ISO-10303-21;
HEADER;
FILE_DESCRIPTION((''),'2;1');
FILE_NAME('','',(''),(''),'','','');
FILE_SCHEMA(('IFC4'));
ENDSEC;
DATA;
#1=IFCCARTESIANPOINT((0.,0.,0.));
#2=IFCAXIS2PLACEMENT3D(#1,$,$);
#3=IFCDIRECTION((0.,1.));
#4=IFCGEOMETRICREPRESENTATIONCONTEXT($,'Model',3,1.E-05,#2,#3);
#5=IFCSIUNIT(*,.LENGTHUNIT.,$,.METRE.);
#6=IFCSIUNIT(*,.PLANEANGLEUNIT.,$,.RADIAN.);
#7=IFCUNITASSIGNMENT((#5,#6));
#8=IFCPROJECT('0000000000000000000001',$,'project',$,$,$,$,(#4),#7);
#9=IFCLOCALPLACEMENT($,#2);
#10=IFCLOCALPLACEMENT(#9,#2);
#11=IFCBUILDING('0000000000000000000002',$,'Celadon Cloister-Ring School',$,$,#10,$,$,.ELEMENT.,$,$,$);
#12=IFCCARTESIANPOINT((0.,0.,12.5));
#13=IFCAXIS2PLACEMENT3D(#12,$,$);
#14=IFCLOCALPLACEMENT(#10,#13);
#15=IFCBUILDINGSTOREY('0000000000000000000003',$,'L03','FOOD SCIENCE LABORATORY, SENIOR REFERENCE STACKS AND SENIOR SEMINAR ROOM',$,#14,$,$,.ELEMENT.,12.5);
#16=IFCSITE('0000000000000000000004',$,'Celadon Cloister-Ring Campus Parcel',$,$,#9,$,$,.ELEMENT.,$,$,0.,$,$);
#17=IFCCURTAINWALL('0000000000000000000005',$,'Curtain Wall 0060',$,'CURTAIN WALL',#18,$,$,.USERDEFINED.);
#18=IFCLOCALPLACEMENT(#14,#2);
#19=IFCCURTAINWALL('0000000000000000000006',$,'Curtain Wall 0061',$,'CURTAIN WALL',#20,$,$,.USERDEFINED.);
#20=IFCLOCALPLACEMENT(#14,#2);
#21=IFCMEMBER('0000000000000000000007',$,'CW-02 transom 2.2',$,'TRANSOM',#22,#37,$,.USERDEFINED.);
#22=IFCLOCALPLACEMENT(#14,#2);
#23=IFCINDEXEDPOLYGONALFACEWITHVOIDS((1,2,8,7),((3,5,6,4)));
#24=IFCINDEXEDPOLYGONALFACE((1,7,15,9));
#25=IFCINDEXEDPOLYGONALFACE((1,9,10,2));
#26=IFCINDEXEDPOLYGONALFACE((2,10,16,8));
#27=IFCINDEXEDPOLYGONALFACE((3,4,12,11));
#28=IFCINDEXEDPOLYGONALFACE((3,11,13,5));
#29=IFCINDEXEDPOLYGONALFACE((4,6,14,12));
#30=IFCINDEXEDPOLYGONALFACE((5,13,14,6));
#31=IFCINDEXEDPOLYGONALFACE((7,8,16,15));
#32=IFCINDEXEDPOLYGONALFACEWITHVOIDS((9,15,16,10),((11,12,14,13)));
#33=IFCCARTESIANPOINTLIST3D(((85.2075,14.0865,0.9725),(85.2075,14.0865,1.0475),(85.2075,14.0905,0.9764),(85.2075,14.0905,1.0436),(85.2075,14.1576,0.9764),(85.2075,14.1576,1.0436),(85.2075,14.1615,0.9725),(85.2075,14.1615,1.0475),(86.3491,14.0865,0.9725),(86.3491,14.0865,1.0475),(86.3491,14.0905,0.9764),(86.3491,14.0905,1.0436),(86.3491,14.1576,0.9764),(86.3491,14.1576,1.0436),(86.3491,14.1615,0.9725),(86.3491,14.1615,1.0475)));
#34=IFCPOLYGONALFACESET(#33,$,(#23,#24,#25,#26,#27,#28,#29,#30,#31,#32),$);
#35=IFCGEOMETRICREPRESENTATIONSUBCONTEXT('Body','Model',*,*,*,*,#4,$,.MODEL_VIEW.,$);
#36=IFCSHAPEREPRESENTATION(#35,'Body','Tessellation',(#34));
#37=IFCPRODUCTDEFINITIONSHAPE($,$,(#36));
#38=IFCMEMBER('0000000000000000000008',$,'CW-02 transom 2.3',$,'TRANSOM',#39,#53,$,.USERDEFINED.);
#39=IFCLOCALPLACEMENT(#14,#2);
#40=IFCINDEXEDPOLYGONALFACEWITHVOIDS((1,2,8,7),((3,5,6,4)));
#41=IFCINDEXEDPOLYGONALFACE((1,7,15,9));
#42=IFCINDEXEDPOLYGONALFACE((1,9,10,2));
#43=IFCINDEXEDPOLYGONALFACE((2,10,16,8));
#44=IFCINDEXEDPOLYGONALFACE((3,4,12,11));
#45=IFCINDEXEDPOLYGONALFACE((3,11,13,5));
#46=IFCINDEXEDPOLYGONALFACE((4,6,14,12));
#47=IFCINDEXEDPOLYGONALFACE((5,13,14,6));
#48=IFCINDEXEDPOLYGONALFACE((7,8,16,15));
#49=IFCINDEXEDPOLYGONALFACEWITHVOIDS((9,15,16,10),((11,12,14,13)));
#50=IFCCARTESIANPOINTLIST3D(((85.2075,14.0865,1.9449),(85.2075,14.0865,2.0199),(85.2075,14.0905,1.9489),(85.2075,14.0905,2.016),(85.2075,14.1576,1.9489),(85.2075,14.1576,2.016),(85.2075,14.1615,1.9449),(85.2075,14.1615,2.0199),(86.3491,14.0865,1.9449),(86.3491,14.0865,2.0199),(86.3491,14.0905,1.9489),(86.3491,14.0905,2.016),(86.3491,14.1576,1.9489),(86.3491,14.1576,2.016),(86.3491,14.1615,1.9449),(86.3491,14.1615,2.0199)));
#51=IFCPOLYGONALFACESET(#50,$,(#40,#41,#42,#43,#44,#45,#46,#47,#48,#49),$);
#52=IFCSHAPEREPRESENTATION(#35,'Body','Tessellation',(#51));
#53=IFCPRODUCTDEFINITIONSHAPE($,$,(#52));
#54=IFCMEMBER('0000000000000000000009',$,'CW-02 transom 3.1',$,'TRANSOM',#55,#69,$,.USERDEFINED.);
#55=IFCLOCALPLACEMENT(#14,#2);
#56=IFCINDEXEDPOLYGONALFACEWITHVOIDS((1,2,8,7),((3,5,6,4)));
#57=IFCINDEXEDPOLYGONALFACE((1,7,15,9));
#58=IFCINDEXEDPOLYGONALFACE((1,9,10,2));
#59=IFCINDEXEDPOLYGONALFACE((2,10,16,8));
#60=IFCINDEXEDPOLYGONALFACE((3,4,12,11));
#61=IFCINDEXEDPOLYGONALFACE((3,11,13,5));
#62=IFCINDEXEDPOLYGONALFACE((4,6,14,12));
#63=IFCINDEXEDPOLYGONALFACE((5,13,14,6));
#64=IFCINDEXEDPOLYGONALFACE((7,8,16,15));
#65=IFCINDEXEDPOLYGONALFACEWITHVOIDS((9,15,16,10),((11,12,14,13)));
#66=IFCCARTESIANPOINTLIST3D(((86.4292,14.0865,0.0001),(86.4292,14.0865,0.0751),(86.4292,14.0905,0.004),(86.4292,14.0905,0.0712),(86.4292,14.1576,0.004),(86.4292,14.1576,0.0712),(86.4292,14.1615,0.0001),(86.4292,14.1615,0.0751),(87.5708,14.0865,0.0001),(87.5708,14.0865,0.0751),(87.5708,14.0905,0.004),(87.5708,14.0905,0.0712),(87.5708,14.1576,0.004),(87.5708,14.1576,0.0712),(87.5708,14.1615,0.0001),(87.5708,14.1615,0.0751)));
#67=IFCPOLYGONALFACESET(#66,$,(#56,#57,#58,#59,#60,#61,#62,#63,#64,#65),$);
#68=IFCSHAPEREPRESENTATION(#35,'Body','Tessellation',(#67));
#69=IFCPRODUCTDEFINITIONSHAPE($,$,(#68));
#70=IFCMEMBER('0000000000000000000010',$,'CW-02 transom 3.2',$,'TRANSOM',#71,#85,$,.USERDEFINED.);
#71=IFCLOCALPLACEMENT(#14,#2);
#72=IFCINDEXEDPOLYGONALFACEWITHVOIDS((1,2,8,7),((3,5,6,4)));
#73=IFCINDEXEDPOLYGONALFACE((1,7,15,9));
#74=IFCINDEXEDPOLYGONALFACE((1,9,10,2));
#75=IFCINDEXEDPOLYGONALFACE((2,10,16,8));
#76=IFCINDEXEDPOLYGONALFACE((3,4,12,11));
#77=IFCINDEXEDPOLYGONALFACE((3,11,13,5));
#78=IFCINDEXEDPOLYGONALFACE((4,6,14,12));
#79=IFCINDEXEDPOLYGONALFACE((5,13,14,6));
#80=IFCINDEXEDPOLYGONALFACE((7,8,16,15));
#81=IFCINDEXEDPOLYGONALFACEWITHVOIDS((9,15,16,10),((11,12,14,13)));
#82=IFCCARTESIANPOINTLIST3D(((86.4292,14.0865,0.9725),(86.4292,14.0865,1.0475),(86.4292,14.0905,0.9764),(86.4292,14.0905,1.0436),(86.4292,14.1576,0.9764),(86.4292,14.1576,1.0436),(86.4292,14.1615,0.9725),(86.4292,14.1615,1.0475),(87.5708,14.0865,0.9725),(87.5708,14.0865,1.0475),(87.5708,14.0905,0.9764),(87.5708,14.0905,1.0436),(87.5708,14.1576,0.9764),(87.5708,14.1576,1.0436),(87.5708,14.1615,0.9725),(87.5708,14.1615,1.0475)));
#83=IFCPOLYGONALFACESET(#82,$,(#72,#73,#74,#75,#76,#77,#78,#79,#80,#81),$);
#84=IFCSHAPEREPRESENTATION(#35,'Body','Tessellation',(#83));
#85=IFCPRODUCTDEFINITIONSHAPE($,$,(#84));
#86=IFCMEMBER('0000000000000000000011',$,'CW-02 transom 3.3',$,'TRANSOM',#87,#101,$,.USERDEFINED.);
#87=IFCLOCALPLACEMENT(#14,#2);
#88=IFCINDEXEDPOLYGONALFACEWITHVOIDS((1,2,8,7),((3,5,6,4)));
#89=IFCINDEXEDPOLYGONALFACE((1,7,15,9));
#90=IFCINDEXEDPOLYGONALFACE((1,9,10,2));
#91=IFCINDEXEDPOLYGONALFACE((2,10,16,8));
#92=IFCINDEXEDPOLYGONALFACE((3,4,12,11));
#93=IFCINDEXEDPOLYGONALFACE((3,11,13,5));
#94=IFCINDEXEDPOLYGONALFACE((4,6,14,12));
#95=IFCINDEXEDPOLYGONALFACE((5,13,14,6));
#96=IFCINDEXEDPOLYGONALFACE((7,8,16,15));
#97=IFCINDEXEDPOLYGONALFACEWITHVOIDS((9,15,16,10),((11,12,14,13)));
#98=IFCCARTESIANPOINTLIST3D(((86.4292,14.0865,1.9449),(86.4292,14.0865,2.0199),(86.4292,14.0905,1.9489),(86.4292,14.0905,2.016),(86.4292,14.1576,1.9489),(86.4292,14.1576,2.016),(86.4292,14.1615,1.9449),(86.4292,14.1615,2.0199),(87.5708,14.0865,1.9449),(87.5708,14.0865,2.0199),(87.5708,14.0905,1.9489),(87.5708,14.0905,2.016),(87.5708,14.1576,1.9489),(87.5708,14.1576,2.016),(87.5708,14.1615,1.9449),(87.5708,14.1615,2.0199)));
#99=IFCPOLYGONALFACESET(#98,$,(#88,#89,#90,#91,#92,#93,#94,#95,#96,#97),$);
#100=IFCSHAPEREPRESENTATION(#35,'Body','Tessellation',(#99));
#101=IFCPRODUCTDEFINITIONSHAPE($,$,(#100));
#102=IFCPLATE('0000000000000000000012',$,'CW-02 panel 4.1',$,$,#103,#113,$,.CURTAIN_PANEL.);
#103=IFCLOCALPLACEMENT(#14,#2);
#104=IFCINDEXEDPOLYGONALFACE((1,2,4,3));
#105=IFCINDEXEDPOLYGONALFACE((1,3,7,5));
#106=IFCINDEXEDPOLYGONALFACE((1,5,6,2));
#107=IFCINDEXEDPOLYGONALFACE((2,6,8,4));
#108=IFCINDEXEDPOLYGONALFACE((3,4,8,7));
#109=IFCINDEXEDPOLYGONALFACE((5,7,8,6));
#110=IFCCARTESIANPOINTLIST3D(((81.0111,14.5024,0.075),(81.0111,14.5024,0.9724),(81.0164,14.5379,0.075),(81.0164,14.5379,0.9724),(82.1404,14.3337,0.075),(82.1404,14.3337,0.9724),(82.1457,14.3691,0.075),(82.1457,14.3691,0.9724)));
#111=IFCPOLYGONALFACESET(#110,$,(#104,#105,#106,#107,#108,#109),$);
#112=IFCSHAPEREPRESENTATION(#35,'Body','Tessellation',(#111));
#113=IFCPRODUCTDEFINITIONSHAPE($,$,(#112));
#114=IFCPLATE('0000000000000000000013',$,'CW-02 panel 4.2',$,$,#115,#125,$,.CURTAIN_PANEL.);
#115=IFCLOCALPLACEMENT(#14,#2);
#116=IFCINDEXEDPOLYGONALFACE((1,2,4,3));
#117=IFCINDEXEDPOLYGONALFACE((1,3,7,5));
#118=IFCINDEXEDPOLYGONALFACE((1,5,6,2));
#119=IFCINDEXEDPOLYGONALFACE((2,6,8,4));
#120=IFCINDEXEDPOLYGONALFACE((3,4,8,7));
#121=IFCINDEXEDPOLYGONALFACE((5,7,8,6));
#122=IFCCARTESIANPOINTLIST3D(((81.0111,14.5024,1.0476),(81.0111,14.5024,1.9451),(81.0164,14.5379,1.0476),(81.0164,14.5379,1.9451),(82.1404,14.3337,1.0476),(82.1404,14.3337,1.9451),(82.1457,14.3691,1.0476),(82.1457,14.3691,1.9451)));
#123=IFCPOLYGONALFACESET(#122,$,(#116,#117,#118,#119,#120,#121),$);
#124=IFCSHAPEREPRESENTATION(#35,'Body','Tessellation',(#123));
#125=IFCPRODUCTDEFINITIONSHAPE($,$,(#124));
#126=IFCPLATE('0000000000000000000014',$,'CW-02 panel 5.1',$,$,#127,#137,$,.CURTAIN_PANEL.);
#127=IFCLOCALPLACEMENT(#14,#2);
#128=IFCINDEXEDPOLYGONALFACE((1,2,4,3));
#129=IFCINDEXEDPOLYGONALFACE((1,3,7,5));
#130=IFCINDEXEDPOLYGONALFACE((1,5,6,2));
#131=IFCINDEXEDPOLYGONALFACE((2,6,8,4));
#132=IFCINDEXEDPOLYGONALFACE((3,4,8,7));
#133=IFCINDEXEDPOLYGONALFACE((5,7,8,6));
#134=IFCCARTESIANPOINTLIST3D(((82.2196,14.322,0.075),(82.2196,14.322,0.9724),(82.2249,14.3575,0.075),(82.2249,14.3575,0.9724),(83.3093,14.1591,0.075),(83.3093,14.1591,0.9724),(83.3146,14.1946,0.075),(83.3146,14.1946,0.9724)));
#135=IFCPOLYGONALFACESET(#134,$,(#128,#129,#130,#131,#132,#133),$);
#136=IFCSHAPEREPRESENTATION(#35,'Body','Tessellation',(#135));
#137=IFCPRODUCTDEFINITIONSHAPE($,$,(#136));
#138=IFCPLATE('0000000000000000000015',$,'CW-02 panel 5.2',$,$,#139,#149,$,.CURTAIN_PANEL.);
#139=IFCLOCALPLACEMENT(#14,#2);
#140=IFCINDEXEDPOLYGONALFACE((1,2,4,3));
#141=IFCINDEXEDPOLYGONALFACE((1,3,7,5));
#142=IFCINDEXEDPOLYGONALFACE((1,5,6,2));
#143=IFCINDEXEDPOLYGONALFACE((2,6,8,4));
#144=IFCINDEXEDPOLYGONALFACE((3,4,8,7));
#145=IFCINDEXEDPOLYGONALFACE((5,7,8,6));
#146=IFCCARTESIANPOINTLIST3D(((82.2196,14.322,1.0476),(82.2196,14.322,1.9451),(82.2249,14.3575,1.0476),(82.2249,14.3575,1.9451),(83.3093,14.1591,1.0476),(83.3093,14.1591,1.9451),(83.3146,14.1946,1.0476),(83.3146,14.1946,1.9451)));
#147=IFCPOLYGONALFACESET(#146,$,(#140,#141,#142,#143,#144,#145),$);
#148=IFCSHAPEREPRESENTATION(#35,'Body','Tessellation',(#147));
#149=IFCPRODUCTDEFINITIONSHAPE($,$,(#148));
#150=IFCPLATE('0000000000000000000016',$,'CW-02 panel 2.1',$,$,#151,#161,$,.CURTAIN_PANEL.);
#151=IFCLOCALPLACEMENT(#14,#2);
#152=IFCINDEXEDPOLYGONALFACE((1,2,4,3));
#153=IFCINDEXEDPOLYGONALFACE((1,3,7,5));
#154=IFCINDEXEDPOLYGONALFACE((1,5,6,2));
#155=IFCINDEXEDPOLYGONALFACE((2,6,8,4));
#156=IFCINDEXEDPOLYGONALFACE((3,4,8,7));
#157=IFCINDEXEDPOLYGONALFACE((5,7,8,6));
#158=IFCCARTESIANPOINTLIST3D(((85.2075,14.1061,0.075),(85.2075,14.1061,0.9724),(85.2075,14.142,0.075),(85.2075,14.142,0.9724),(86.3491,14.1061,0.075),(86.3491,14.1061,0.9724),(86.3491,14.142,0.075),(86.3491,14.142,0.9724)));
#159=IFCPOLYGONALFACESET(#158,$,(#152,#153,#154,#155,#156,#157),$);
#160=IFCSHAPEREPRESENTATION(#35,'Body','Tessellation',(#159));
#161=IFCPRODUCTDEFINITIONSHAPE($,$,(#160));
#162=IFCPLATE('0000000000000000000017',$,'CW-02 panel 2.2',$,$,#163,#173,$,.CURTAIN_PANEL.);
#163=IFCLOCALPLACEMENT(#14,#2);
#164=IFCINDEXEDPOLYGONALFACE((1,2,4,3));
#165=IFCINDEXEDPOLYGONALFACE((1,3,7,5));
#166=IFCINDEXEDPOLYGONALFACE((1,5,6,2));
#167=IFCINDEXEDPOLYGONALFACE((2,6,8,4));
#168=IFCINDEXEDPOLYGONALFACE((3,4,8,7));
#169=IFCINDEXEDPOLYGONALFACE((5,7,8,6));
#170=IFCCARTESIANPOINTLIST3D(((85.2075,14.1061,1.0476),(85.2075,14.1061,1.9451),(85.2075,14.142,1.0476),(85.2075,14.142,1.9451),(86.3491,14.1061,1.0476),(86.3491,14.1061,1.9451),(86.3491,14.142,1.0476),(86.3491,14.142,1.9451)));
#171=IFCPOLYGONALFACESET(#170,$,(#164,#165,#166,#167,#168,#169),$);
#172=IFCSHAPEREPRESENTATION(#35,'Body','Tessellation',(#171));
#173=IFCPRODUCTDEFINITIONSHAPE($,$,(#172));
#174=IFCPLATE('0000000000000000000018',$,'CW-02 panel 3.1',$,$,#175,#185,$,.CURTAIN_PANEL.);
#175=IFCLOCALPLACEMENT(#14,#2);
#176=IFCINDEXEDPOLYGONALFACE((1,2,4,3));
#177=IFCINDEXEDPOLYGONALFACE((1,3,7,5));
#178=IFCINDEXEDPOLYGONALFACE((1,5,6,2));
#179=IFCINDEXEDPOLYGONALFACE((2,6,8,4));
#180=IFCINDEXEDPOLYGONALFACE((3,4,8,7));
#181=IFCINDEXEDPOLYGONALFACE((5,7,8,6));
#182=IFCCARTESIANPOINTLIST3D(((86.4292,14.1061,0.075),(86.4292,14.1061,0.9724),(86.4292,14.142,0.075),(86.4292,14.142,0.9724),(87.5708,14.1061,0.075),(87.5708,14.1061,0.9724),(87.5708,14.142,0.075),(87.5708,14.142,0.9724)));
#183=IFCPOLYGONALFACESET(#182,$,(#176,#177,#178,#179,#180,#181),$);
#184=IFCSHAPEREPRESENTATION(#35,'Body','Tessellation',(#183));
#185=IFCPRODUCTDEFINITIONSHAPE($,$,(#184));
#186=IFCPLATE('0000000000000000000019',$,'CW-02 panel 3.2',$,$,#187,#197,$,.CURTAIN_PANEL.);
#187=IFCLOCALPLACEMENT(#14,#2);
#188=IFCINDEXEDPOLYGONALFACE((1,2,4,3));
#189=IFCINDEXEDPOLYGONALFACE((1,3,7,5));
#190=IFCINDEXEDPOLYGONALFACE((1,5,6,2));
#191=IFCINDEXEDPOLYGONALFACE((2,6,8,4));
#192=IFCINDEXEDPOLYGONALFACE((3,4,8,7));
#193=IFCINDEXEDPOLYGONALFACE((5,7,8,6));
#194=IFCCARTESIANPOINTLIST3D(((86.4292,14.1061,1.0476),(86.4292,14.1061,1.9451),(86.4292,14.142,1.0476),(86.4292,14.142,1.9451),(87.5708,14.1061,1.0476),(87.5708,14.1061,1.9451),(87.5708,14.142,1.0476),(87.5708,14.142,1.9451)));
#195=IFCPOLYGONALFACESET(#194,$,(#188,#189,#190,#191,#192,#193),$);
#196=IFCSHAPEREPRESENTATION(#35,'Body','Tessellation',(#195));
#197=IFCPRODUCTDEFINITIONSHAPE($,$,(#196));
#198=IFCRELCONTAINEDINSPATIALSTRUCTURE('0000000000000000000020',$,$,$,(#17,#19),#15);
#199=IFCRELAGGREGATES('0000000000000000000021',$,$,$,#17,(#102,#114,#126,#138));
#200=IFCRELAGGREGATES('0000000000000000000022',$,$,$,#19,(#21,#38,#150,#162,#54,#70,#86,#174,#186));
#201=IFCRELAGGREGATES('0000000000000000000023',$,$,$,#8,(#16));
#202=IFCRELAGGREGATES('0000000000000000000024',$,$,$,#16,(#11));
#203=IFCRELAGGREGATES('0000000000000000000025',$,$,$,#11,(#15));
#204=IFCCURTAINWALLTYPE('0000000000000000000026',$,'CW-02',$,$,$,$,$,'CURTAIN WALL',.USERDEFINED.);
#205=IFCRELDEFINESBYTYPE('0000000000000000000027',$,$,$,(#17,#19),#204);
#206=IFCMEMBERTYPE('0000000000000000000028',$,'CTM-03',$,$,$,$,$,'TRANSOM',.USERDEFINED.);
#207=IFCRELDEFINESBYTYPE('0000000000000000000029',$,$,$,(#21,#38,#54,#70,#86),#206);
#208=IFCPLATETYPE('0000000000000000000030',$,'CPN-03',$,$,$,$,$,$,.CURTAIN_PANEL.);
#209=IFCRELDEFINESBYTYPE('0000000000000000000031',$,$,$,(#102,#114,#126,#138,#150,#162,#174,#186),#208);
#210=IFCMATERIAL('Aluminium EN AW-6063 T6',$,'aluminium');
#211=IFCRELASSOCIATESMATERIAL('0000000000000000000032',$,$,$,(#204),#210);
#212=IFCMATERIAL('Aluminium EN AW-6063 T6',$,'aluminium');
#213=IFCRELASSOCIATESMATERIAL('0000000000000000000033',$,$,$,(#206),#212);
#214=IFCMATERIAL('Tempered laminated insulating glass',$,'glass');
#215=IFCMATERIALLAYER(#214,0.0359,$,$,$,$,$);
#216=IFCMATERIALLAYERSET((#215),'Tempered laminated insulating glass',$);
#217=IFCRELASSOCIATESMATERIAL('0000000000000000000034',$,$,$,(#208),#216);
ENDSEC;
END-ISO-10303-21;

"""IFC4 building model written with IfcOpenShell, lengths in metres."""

from ifc_helpers import new_model, si_unit, direction, frame, origin, origin_2d, place, context, subcontext, project, spatial, rectangle, hollow_rectangle, extrude, material, layer, layer_set, material_profile, profile_set, type_object, element, aggregate, save


model = new_model("IFC4")

# Units and contexts
model_context = context("Model", 3, precision=1e-05, world=origin(), true_north=direction((0.0, 1.0)))
body_context = subcontext(model_context, "Body", "Model", "MODEL_VIEW")
ifc_project = project(units=[si_unit("LENGTHUNIT", "METRE"), si_unit("PLANEANGLEUNIT", "RADIAN")], contexts=[model_context])

# Site, building, storey
site_placement = place(None, origin())
site = spatial("IfcSite", under=ifc_project, at=site_placement, Name="Celadon Cloister-Ring Campus Parcel", CompositionType="ELEMENT", RefElevation=0.0)
building_placement = place(site_placement, origin())
building = spatial("IfcBuilding", under=site, at=building_placement, Name="Celadon Cloister-Ring School", CompositionType="ELEMENT")
storey_placement = place(building_placement, frame((0.0, 0.0, 12.5)))
storey = spatial("IfcBuildingStorey", under=building, at=storey_placement, Name="L03", Description="FOOD SCIENCE LABORATORY, SENIOR REFERENCE STACKS AND SENIOR SEMINAR ROOM", CompositionType="ELEMENT", Elevation=12.5)

# Curtain walls
ifc_material_1 = material(Name="Aluminium EN AW-6063 T6", Category="aluminium")
curtain_wall_type = type_object("IfcCurtainWallType", Name="CW-02", ElementType="CURTAIN WALL", PredefinedType="USERDEFINED", material=ifc_material_1)
curtain_wall_1_placement = place(storey_placement, origin())
curtain_wall_1 = element("IfcCurtainWall", 1, at=curtain_wall_1_placement, inside=storey, type_object=curtain_wall_type, Name="Curtain Wall 0060", ObjectType="CURTAIN WALL", PredefinedType="USERDEFINED")
curtain_wall_2_placement = place(storey_placement, origin())
curtain_wall_2 = element("IfcCurtainWall", 2, at=curtain_wall_2_placement, inside=storey, type_object=curtain_wall_type, Name="Curtain Wall 0061", ObjectType="CURTAIN WALL", PredefinedType="USERDEFINED")

# Members
ifc_material_2 = material(Name="Aluminium EN AW-6063 T6", Category="aluminium")
ifc_material_profile_1 = material_profile(ifc_material_2, hollow_rectangle(XDim=0.075, YDim=0.075, WallThickness=0.0039, at=origin_2d()), Name="RHS75X75X4")
ifc_profile_set_1 = profile_set([ifc_material_profile_1], Name="Aluminium EN AW-6063 T6")
member_type_1 = type_object("IfcMemberType", Name="CTM-03", ElementType="TRANSOM", PredefinedType="USERDEFINED", material=ifc_profile_set_1)
member_1_placement = place(storey_placement, frame((85.2075, 14.124, 1.01), z_axis=(1.0, 0.0, 0.0), x_axis=(0.0, 1.0, 0.0)))
member_1 = element("IfcMember", 3, at=member_1_placement, type_object=member_type_1, Name="CW-02 transom 2.2", ObjectType="TRANSOM", PredefinedType="USERDEFINED", context=body_context, shape_type="SweptSolid", body=[
    extrude(hollow_rectangle(XDim=0.075, YDim=0.075, WallThickness=0.0039, at=origin_2d()), origin(), (0.0, 0.0, 1.0), 1.1416),
])
member_2_placement = place(storey_placement, frame((85.2075, 14.124, 1.9824), z_axis=(1.0, 0.0, 0.0), x_axis=(0.0, 1.0, 0.0)))
member_2 = element("IfcMember", 4, at=member_2_placement, type_object=member_type_1, Name="CW-02 transom 2.3", ObjectType="TRANSOM", PredefinedType="USERDEFINED", context=body_context, shape_type="SweptSolid", body=[
    extrude(hollow_rectangle(XDim=0.075, YDim=0.075, WallThickness=0.0039, at=origin_2d()), origin(), (0.0, 0.0, 1.0), 1.1416),
])
member_3_placement = place(storey_placement, frame((86.4292, 14.124, 0.0376), z_axis=(1.0, 0.0, 0.0), x_axis=(0.0, 1.0, 0.0)))
member_3 = element("IfcMember", 5, at=member_3_placement, type_object=member_type_1, Name="CW-02 transom 3.1", ObjectType="TRANSOM", PredefinedType="USERDEFINED", context=body_context, shape_type="SweptSolid", body=[
    extrude(hollow_rectangle(XDim=0.075, YDim=0.075, WallThickness=0.0039, at=origin_2d()), origin(), (0.0, 0.0, 1.0), 1.1416),
])
member_4_placement = place(storey_placement, frame((86.4292, 14.124, 1.01), z_axis=(1.0, 0.0, 0.0), x_axis=(0.0, 1.0, 0.0)))
member_4 = element("IfcMember", 6, at=member_4_placement, type_object=member_type_1, Name="CW-02 transom 3.2", ObjectType="TRANSOM", PredefinedType="USERDEFINED", context=body_context, shape_type="SweptSolid", body=[
    extrude(hollow_rectangle(XDim=0.075, YDim=0.075, WallThickness=0.0039, at=origin_2d()), origin(), (0.0, 0.0, 1.0), 1.1416),
])
member_5_placement = place(storey_placement, frame((86.4292, 14.124, 1.9824), z_axis=(1.0, 0.0, 0.0), x_axis=(0.0, 1.0, 0.0)))
member_5 = element("IfcMember", 7, at=member_5_placement, type_object=member_type_1, Name="CW-02 transom 3.3", ObjectType="TRANSOM", PredefinedType="USERDEFINED", context=body_context, shape_type="SweptSolid", body=[
    extrude(hollow_rectangle(XDim=0.075, YDim=0.075, WallThickness=0.0039, at=origin_2d()), origin(), (0.0, 0.0, 1.0), 1.1416),
])

# Plates
ifc_material_3 = material(Name="Tempered laminated insulating glass", Category="glass")
ifc_layer = layer(ifc_material_3, 0.0359)
ifc_layer_set = layer_set([ifc_layer], Name="Tempered laminated insulating glass")
plate_type = type_object("IfcPlateType", Name="CPN-03", PredefinedType="CURTAIN_PANEL", material=ifc_layer_set)
plate_1_placement = place(storey_placement, frame((81.5784, 14.4358, 0.075), z_axis=(0.0, 0.0, 1.0), x_axis=(0.989015, -0.147812, 0.0)))
plate_1 = element("IfcPlate", 8, at=plate_1_placement, type_object=plate_type, Name="CW-02 panel 4.1", PredefinedType="CURTAIN_PANEL", context=body_context, shape_type="SweptSolid", body=[
    extrude(rectangle(XDim=1.1418, YDim=0.0359, at=origin_2d()), origin(), (0.0, 0.0, 1.0), 0.8975),
])
plate_2_placement = place(storey_placement, frame((81.5784, 14.4358, 1.0476), z_axis=(0.0, 0.0, 1.0), x_axis=(0.989015, -0.147812, 0.0)))
plate_2 = element("IfcPlate", 9, at=plate_2_placement, type_object=plate_type, Name="CW-02 panel 4.2", PredefinedType="CURTAIN_PANEL", context=body_context, shape_type="SweptSolid", body=[
    extrude(rectangle(XDim=1.1418, YDim=0.0359, at=origin_2d()), origin(), (0.0, 0.0, 1.0), 0.8975),
])
plate_3_placement = place(storey_placement, frame((82.7671, 14.2583, 0.075), z_axis=(0.0, 0.0, 1.0), x_axis=(0.989015, -0.147812, 0.0)))
plate_3 = element("IfcPlate", 10, at=plate_3_placement, type_object=plate_type, Name="CW-02 panel 5.1", PredefinedType="CURTAIN_PANEL", context=body_context, shape_type="SweptSolid", body=[
    extrude(rectangle(XDim=1.1018, YDim=0.0359, at=origin_2d()), origin(), (0.0, 0.0, 1.0), 0.8975),
])
plate_4_placement = place(storey_placement, frame((82.7671, 14.2583, 1.0476), z_axis=(0.0, 0.0, 1.0), x_axis=(0.989015, -0.147812, 0.0)))
plate_4 = element("IfcPlate", 11, at=plate_4_placement, type_object=plate_type, Name="CW-02 panel 5.2", PredefinedType="CURTAIN_PANEL", context=body_context, shape_type="SweptSolid", body=[
    extrude(rectangle(XDim=1.1018, YDim=0.0359, at=origin_2d()), origin(), (0.0, 0.0, 1.0), 0.8975),
])
aggregate(curtain_wall_1, [plate_1, plate_2, plate_3, plate_4])
plate_5_placement = place(storey_placement, frame((85.7783, 14.124, 0.075), z_axis=(0.0, 0.0, 1.0), x_axis=(1.0, 0.0, 0.0)))
plate_5 = element("IfcPlate", 12, at=plate_5_placement, type_object=plate_type, Name="CW-02 panel 2.1", PredefinedType="CURTAIN_PANEL", context=body_context, shape_type="SweptSolid", body=[
    extrude(rectangle(XDim=1.1416, YDim=0.0359, at=origin_2d()), origin(), (0.0, 0.0, 1.0), 0.8975),
])
plate_6_placement = place(storey_placement, frame((85.7783, 14.124, 1.0476), z_axis=(0.0, 0.0, 1.0), x_axis=(1.0, 0.0, 0.0)))
plate_6 = element("IfcPlate", 13, at=plate_6_placement, type_object=plate_type, Name="CW-02 panel 2.2", PredefinedType="CURTAIN_PANEL", context=body_context, shape_type="SweptSolid", body=[
    extrude(rectangle(XDim=1.1416, YDim=0.0359, at=origin_2d()), origin(), (0.0, 0.0, 1.0), 0.8975),
])
plate_7_placement = place(storey_placement, frame((87.0, 14.124, 0.075), z_axis=(0.0, 0.0, 1.0), x_axis=(1.0, 0.0, 0.0)))
plate_7 = element("IfcPlate", 14, at=plate_7_placement, type_object=plate_type, Name="CW-02 panel 3.1", PredefinedType="CURTAIN_PANEL", context=body_context, shape_type="SweptSolid", body=[
    extrude(rectangle(XDim=1.1416, YDim=0.0359, at=origin_2d()), origin(), (0.0, 0.0, 1.0), 0.8975),
])
plate_8_placement = place(storey_placement, frame((87.0, 14.124, 1.0476), z_axis=(0.0, 0.0, 1.0), x_axis=(1.0, 0.0, 0.0)))
plate_8 = element("IfcPlate", 15, at=plate_8_placement, type_object=plate_type, Name="CW-02 panel 3.2", PredefinedType="CURTAIN_PANEL", context=body_context, shape_type="SweptSolid", body=[
    extrude(rectangle(XDim=1.1416, YDim=0.0359, at=origin_2d()), origin(), (0.0, 0.0, 1.0), 0.8975),
])
aggregate(curtain_wall_2, [member_1, member_2, plate_5, plate_6, member_3, member_4, member_5, plate_7, plate_8])

save(model, "model.ifc")
